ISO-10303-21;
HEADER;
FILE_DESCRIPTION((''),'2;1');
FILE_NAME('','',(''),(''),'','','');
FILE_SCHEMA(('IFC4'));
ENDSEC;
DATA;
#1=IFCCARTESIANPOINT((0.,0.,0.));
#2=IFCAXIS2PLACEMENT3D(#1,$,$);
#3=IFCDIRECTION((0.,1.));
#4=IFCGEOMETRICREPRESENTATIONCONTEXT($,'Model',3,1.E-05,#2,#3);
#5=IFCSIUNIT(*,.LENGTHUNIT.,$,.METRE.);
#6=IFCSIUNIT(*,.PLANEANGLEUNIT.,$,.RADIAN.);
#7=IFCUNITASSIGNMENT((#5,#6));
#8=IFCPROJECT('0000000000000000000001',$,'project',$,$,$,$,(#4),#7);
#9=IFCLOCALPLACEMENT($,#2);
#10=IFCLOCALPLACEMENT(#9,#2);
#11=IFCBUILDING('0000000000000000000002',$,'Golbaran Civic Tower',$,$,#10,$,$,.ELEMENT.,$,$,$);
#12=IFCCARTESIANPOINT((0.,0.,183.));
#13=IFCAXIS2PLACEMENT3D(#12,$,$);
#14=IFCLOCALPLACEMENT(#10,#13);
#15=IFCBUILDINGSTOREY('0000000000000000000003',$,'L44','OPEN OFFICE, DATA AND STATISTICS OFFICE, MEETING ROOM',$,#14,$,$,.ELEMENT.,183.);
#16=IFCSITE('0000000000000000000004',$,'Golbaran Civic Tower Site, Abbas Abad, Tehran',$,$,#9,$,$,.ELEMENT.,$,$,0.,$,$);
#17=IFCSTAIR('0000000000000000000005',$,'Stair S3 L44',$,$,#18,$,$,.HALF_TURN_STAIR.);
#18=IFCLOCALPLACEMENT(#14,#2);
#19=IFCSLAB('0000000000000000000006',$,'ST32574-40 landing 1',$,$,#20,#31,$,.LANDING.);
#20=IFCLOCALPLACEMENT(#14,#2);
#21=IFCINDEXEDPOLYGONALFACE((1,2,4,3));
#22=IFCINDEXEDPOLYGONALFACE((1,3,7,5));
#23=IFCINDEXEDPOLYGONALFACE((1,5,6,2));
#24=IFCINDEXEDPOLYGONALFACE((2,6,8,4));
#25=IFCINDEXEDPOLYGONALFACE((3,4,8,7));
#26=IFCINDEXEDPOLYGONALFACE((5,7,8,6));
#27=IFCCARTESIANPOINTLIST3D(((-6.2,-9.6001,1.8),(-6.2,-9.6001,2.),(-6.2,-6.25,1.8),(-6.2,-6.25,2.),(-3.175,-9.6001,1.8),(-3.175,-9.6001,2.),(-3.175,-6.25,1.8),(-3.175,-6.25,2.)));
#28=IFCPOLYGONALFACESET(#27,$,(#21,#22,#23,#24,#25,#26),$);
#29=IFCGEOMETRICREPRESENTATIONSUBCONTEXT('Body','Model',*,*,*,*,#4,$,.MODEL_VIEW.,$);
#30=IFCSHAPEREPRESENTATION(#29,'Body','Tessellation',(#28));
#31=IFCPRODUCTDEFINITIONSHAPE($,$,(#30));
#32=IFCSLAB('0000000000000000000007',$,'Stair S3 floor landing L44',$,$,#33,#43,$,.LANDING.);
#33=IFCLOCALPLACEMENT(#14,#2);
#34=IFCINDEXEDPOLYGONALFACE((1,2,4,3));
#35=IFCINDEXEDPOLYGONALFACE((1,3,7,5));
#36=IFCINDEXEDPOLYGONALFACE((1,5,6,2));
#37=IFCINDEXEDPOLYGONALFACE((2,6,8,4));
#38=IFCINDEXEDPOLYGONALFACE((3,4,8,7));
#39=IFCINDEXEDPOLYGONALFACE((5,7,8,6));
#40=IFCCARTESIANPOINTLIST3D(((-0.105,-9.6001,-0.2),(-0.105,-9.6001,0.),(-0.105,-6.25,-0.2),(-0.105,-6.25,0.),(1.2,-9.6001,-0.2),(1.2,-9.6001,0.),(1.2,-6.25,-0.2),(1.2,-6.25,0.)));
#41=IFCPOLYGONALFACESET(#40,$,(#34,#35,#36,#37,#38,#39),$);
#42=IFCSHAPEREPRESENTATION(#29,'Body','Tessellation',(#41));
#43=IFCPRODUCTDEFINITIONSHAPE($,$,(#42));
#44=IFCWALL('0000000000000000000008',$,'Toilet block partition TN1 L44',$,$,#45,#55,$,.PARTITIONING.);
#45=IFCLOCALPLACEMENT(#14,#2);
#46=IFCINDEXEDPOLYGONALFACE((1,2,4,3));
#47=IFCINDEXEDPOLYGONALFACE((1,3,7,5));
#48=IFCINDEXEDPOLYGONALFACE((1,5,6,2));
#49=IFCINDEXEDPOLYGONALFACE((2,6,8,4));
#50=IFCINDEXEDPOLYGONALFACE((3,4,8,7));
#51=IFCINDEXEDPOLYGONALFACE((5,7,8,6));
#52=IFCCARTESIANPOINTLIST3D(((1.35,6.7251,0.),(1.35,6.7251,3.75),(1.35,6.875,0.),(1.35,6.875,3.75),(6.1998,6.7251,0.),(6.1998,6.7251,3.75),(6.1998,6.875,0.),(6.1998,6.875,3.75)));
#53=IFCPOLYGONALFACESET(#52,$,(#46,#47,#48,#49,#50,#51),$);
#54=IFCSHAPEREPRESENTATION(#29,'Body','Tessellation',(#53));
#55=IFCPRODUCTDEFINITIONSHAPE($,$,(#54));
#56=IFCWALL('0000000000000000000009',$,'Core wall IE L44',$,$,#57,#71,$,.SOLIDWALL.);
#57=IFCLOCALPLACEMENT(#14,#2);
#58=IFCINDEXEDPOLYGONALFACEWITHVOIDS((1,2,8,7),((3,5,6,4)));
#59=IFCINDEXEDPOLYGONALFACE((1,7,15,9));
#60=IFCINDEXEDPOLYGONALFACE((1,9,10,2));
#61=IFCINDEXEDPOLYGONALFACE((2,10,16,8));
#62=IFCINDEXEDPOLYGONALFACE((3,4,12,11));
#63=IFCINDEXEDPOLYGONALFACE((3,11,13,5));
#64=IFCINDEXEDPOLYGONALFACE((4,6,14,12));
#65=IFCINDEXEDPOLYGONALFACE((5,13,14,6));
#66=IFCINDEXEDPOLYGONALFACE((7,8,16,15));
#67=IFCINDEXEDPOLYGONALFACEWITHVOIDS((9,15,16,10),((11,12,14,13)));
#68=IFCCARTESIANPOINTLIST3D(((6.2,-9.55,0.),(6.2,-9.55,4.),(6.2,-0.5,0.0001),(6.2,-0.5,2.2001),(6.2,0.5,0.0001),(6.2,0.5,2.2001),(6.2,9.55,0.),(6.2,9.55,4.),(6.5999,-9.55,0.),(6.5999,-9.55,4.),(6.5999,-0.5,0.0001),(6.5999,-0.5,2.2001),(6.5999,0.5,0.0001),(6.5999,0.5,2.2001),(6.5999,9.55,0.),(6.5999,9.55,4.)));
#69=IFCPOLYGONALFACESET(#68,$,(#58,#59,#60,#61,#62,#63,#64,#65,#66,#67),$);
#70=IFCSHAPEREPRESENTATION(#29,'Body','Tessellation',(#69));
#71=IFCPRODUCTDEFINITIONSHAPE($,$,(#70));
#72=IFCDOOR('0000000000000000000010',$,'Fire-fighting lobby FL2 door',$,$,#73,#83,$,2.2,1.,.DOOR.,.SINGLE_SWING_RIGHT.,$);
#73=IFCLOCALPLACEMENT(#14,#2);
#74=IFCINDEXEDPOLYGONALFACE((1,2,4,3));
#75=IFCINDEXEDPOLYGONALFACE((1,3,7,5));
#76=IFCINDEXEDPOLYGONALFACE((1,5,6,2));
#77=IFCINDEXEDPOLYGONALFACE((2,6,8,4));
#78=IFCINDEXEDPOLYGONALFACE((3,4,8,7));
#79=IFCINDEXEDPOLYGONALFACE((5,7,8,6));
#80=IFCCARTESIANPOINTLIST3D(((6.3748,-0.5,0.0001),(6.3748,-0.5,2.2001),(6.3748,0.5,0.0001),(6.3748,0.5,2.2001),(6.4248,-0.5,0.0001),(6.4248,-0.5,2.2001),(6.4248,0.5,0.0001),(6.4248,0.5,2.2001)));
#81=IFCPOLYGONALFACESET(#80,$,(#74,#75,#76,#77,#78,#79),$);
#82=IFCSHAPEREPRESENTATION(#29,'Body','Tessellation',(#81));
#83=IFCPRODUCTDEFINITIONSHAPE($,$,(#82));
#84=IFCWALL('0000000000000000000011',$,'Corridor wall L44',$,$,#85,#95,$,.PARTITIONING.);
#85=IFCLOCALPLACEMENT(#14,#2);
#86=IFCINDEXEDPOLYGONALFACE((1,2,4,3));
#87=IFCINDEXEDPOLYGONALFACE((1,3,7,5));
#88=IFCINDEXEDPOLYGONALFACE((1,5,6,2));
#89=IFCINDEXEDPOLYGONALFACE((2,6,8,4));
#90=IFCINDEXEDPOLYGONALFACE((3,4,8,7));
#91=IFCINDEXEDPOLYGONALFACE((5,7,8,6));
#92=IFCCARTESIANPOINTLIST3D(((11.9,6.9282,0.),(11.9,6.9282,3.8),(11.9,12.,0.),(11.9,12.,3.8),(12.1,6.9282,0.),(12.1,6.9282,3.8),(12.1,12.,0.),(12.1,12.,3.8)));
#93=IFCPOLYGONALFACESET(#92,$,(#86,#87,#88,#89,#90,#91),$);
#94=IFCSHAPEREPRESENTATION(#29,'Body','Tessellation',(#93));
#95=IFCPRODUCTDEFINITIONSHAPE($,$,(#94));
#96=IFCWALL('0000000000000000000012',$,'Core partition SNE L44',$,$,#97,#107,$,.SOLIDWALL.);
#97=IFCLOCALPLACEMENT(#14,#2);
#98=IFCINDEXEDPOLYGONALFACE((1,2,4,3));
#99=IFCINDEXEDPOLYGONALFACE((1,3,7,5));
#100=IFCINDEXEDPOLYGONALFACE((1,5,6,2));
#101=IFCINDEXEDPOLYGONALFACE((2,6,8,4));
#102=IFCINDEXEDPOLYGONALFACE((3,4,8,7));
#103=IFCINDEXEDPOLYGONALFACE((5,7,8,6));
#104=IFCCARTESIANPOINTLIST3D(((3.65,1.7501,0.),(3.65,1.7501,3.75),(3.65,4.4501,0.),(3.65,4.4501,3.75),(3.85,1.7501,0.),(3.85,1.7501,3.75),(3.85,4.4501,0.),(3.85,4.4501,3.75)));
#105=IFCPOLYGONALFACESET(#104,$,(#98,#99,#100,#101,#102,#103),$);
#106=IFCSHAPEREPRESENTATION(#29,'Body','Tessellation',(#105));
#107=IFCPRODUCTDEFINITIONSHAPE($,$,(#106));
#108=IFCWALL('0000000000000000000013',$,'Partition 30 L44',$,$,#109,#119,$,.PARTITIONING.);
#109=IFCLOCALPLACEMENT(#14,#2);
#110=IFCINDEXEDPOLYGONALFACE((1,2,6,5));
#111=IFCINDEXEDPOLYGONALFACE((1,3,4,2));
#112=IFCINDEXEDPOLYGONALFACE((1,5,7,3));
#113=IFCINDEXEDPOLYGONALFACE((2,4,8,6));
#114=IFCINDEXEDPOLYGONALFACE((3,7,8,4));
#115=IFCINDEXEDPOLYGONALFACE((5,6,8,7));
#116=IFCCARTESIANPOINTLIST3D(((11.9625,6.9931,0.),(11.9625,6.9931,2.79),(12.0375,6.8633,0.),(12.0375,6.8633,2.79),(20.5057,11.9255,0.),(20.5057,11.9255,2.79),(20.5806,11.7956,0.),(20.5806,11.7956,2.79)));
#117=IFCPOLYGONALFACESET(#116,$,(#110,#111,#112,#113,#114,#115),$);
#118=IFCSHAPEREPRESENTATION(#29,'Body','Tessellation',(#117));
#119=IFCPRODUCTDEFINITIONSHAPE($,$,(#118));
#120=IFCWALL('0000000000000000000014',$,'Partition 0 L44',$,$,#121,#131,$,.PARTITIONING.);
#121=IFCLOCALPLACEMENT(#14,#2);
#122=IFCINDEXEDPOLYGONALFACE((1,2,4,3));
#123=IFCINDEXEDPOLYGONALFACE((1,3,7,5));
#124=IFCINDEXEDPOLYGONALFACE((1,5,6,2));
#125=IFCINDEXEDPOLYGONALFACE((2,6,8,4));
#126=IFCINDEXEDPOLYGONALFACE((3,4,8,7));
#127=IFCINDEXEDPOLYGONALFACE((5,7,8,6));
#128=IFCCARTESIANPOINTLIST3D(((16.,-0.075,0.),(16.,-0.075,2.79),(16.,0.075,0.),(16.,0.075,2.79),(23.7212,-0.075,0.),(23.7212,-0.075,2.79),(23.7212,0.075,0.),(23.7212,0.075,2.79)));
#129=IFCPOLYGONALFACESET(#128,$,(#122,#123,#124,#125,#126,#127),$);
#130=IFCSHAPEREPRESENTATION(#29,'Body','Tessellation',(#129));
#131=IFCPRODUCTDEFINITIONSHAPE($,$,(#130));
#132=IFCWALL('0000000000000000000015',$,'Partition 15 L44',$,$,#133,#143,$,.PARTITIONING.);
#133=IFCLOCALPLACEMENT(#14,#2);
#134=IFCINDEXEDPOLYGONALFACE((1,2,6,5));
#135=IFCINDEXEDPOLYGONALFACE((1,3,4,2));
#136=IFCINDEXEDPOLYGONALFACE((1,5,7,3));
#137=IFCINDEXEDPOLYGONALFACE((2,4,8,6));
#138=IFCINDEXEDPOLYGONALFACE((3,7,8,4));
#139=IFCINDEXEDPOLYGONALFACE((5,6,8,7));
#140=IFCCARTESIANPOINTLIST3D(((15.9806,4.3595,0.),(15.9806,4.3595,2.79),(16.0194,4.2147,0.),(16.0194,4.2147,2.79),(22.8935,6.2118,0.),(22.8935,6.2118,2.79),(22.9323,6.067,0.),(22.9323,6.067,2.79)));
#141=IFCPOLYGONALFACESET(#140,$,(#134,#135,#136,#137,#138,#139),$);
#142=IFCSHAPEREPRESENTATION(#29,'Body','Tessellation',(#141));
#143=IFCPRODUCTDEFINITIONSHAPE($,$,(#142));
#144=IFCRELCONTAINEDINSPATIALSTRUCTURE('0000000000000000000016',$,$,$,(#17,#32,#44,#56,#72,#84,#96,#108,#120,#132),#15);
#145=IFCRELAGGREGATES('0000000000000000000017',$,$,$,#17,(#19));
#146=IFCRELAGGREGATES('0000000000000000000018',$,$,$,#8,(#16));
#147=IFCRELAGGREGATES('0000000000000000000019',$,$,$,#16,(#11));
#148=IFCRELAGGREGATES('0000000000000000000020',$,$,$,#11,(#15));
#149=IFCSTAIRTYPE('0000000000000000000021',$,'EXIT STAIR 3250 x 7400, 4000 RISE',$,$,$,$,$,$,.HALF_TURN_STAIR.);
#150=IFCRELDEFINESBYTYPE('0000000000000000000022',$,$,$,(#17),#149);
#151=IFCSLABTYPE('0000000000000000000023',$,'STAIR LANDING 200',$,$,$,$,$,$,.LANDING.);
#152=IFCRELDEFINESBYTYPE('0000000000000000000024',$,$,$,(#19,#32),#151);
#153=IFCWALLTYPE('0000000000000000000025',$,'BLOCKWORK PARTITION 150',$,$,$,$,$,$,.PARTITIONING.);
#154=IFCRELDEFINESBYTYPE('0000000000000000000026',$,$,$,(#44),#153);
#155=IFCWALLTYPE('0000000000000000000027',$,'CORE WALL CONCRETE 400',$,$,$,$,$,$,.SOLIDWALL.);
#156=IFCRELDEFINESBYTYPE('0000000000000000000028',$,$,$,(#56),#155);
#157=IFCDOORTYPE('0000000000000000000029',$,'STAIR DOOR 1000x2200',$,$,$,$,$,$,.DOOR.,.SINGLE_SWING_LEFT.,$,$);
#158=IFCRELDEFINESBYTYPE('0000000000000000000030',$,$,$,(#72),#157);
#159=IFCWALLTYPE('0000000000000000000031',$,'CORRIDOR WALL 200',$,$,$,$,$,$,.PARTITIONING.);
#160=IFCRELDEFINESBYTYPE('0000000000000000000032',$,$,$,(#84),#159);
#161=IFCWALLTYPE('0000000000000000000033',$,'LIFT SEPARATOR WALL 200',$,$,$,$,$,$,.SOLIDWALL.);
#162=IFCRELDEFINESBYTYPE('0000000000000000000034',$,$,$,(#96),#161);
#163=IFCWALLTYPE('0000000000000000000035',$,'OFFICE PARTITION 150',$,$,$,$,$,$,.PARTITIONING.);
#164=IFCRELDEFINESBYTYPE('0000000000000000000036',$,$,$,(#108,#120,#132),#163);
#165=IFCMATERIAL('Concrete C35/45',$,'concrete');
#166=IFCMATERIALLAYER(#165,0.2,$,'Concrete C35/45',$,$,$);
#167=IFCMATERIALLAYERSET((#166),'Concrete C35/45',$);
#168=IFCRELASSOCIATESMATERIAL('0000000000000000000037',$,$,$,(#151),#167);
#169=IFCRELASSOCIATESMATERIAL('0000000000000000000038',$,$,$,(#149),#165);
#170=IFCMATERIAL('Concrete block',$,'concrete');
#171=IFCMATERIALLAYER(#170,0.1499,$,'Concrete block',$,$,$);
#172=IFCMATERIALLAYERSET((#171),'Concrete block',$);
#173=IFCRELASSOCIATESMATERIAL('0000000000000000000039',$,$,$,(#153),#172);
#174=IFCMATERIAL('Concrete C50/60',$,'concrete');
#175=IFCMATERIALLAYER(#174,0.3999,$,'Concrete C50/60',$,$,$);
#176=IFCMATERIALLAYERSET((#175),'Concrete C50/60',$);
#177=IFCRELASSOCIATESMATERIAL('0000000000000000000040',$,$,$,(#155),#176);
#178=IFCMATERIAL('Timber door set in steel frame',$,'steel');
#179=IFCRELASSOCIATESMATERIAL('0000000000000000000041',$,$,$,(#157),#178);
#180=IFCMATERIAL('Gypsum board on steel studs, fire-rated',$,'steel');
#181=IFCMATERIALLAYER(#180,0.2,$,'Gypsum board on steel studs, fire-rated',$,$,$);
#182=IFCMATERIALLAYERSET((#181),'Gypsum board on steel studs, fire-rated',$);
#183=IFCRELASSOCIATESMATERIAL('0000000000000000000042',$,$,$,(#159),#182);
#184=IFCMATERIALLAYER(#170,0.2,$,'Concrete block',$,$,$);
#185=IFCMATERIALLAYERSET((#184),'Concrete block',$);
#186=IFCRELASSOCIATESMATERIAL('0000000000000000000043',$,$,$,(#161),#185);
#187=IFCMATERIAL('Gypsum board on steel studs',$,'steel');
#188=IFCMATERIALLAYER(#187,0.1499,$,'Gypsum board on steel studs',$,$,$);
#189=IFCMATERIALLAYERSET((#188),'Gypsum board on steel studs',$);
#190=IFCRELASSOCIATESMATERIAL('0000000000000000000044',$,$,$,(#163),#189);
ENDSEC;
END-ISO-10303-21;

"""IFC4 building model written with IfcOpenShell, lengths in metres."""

from ifc_helpers import new_model, si_unit, direction, frame, frame_2d, origin, place, context, subcontext, project, spatial, polyline, rectangle, outline, extrude, material, layer, layer_set, type_object, element, fill, aggregate, save


model = new_model("IFC4")

# Units and contexts
model_context = context("Model", 3, precision=1e-05, world=origin(), true_north=direction((0.0, 1.0)))
body_context = subcontext(model_context, "Body", "Model", "MODEL_VIEW")
ifc_project = project(units=[si_unit("LENGTHUNIT", "METRE"), si_unit("PLANEANGLEUNIT", "RADIAN")], contexts=[model_context])

# Site, building, storey
site_placement = place(None, origin())
site = spatial("IfcSite", under=ifc_project, at=site_placement, Name="Golbaran Civic Tower Site, Abbas Abad, Tehran", CompositionType="ELEMENT", RefElevation=0.0)
building_placement = place(site_placement, origin())
building = spatial("IfcBuilding", under=site, at=building_placement, Name="Golbaran Civic Tower", CompositionType="ELEMENT")
storey_placement = place(building_placement, frame((0.0, 0.0, 183.0)))
storey = spatial("IfcBuildingStorey", under=building, at=storey_placement, Name="L44", Description="OPEN OFFICE, DATA AND STATISTICS OFFICE, MEETING ROOM", CompositionType="ELEMENT", Elevation=183.0)

# Shared definitions
ifc_material_1 = material(Name="Concrete C35/45", Category="concrete")
ifc_layer_1 = layer(ifc_material_1, 0.2, Name="Concrete C35/45")
ifc_layer_set_1 = layer_set([ifc_layer_1], Name="Concrete C35/45")
slab_type = type_object("IfcSlabType", Name="STAIR LANDING 200", PredefinedType="LANDING", material=ifc_layer_set_1)

# Stair, slab
stair_type_1 = type_object("IfcStairType", Name="EXIT STAIR 3250 x 7400, 4000 RISE", PredefinedType="HALF_TURN_STAIR", material=ifc_material_1)
stair_1_placement = place(storey_placement, origin())
stair_1 = element("IfcStair", 1, at=stair_1_placement, inside=storey, type_object=stair_type_1, Name="Stair S3 L44", PredefinedType="HALF_TURN_STAIR")
slab_1_placement = place(storey_placement, frame((0.0, 0.0, 1.8)))
slab_1 = element("IfcSlab", 2, at=slab_1_placement, type_object=slab_type, Name="ST32574-40 landing 1", PredefinedType="LANDING", context=body_context, shape_type="SweptSolid", body=[
    extrude(outline(polyline([(-3.175, -9.6001), (-6.2, -9.6001), (-6.2, -6.25), (-3.175, -6.25), (-3.175, -9.6001)])), origin(), (0.0, 0.0, 1.0), 0.2),
])
aggregate(stair_1, [slab_1])

# Slab
slab_2_placement = place(storey_placement, frame((0.0, 0.0, -0.2)))
element("IfcSlab", 3, at=slab_2_placement, inside=storey, type_object=slab_type, Name="Stair S3 floor landing L44", PredefinedType="LANDING", context=body_context, shape_type="SweptSolid", body=[
    extrude(outline(polyline([(1.2, -9.6001), (-0.105, -9.6001), (-0.105, -6.25), (1.2, -6.25), (1.2, -9.6001)])), origin(), (0.0, 0.0, 1.0), 0.2),
])

# Wall
ifc_material_2 = material(Name="Concrete block", Category="concrete")
ifc_layer_2 = layer(ifc_material_2, 0.1499, Name="Concrete block")
ifc_layer_set_2 = layer_set([ifc_layer_2], Name="Concrete block")
wall_type_1 = type_object("IfcWallType", Name="BLOCKWORK PARTITION 150", PredefinedType="PARTITIONING", material=ifc_layer_set_2)
wall_1_placement = place(storey_placement, frame((1.3501, 6.8, 0.0), z_axis=(0.0, 0.0, 1.0), x_axis=(1.0, 0.0, 0.0)))
element("IfcWall", 4, at=wall_1_placement, inside=storey, type_object=wall_type_1, Name="Toilet block partition TN1 L44", PredefinedType="PARTITIONING", context=body_context, shape_type="SweptSolid", body=[
    extrude(rectangle(XDim=4.8499, YDim=0.1499, at=frame_2d((2.4248, 0.0))), origin(), (0.0, 0.0, 1.0), 3.75),
])

# Wall, opening, door
ifc_material_3 = material(Name="Concrete C50/60", Category="concrete")
ifc_layer_3 = layer(ifc_material_3, 0.3999, Name="Concrete C50/60")
ifc_layer_set_3 = layer_set([ifc_layer_3], Name="Concrete C50/60")
wall_type_2 = type_object("IfcWallType", Name="CORE WALL CONCRETE 400", PredefinedType="SOLIDWALL", material=ifc_layer_set_3)
wall_2_placement = place(storey_placement, frame((6.3999, 9.55, 0.0), z_axis=(0.0, 0.0, 1.0), x_axis=(0.0, -1.0, 0.0)))
wall_2 = element("IfcWall", 5, at=wall_2_placement, inside=storey, type_object=wall_type_2, Name="Core wall IE L44", PredefinedType="SOLIDWALL", context=body_context, shape_type="SweptSolid", body=[
    extrude(rectangle(XDim=19.1001, YDim=0.3999, at=frame_2d((9.55, 0.0))), origin(), (0.0, 0.0, 1.0), 4.0),
])
opening_1_placement = place(wall_2_placement, frame((9.05, 0.0, 0.0)))
opening_1 = element("IfcOpeningElement", 6, at=opening_1_placement, cuts=wall_2, PredefinedType="OPENING", context=body_context, shape_type="SweptSolid", body=[
    extrude(rectangle(XDim=1.0, YDim=2.2, at=frame_2d((0.5, 1.1001))), frame((0.0, 0.21, 0.0), z_axis=(0.0, -1.0, 0.0), x_axis=(1.0, 0.0, 0.0)), (0.0, 0.0, 1.0), 0.4199),
])
ifc_material_4 = material(Name="Timber door set in steel frame", Category="steel")
door_type_1 = type_object("IfcDoorType", Name="STAIR DOOR 1000x2200", OperationType="SINGLE_SWING_LEFT", PredefinedType="DOOR", material=ifc_material_4)
door_1_placement = place(opening_1_placement, origin())
door_1 = element("IfcDoor", 7, at=door_1_placement, inside=storey, type_object=door_type_1, Name="Fire-fighting lobby FL2 door", OperationType="SINGLE_SWING_RIGHT", OverallHeight=2.2, OverallWidth=1.0, PredefinedType="DOOR", context=body_context, shape_type="SweptSolid", body=[
    extrude(rectangle(XDim=1.0, YDim=2.2, at=frame_2d((0.5, 1.1001))), frame((0.0, 0.0249, 0.0), z_axis=(0.0, -1.0, 0.0), x_axis=(1.0, 0.0, 0.0)), (0.0, 0.0, 1.0), 0.05),
])
fill(opening_1, door_1)

# Walls
ifc_material_5 = material(Name="Gypsum board on steel studs, fire-rated", Category="steel")
ifc_layer_4 = layer(ifc_material_5, 0.2, Name="Gypsum board on steel studs, fire-rated")
ifc_layer_set_4 = layer_set([ifc_layer_4], Name="Gypsum board on steel studs, fire-rated")
wall_type_3 = type_object("IfcWallType", Name="CORRIDOR WALL 200", PredefinedType="PARTITIONING", material=ifc_layer_set_4)
wall_3_placement = place(storey_placement, frame((12.0, 6.9282, 0.0), z_axis=(0.0, 0.0, 1.0), x_axis=(0.0, 1.0, 0.0)))
element("IfcWall", 8, at=wall_3_placement, inside=storey, type_object=wall_type_3, Name="Corridor wall L44", PredefinedType="PARTITIONING", context=body_context, shape_type="SweptSolid", body=[
    extrude(rectangle(XDim=5.0718, YDim=0.2, at=frame_2d((2.5359, 0.0))), origin(), (0.0, 0.0, 1.0), 3.8),
])
ifc_layer_5 = layer(ifc_material_2, 0.2, Name="Concrete block")
ifc_layer_set_5 = layer_set([ifc_layer_5], Name="Concrete block")
wall_type_4 = type_object("IfcWallType", Name="LIFT SEPARATOR WALL 200", PredefinedType="SOLIDWALL", material=ifc_layer_set_5)
wall_4_placement = place(storey_placement, frame((3.75, 1.75, 0.0), z_axis=(0.0, 0.0, 1.0), x_axis=(0.0, 1.0, 0.0)))
element("IfcWall", 9, at=wall_4_placement, inside=storey, type_object=wall_type_4, Name="Core partition SNE L44", PredefinedType="SOLIDWALL", context=body_context, shape_type="SweptSolid", body=[
    extrude(rectangle(XDim=2.7, YDim=0.2, at=frame_2d((1.3501, 0.0))), origin(), (0.0, 0.0, 1.0), 3.75),
])
ifc_material_6 = material(Name="Gypsum board on steel studs", Category="steel")
ifc_layer_6 = layer(ifc_material_6, 0.1499, Name="Gypsum board on steel studs")
ifc_layer_set_6 = layer_set([ifc_layer_6], Name="Gypsum board on steel studs")
wall_type_5 = type_object("IfcWallType", Name="OFFICE PARTITION 150", PredefinedType="PARTITIONING", material=ifc_layer_set_6)
wall_5_placement = place(storey_placement, frame((12.0, 6.9282, 0.0), z_axis=(0.0, 0.0, 1.0), x_axis=(0.866028, 0.499996, 0.0)))
element("IfcWall", 10, at=wall_5_placement, inside=storey, type_object=wall_type_5, Name="Partition 30 L44", PredefinedType="PARTITIONING", context=body_context, shape_type="SweptSolid", body=[
    extrude(rectangle(XDim=9.8647, YDim=0.1499, at=frame_2d((4.9324, 0.0))), origin(), (0.0, 0.0, 1.0), 2.79),
])
wall_6_placement = place(storey_placement, frame((16.0, 0.0, 0.0), z_axis=(0.0, 0.0, 1.0), x_axis=(1.0, 0.0, 0.0)))
element("IfcWall", 11, at=wall_6_placement, inside=storey, type_object=wall_type_5, Name="Partition 0 L44", PredefinedType="PARTITIONING", context=body_context, shape_type="SweptSolid", body=[
    extrude(rectangle(XDim=7.7212, YDim=0.1499, at=frame_2d((3.8606, 0.0))), origin(), (0.0, 0.0, 1.0), 2.79),
])
wall_7_placement = place(storey_placement, frame((16.0, 4.2871, 0.0), z_axis=(0.0, 0.0, 1.0), x_axis=(0.965926, 0.25882, 0.0)))
element("IfcWall", 12, at=wall_7_placement, inside=storey, type_object=wall_type_5, Name="Partition 15 L44", PredefinedType="PARTITIONING", context=body_context, shape_type="SweptSolid", body=[
    extrude(rectangle(XDim=7.1567, YDim=0.1499, at=frame_2d((3.5784, 0.0))), origin(), (0.0, 0.0, 1.0), 2.79),
])

save(model, "model.ifc")
